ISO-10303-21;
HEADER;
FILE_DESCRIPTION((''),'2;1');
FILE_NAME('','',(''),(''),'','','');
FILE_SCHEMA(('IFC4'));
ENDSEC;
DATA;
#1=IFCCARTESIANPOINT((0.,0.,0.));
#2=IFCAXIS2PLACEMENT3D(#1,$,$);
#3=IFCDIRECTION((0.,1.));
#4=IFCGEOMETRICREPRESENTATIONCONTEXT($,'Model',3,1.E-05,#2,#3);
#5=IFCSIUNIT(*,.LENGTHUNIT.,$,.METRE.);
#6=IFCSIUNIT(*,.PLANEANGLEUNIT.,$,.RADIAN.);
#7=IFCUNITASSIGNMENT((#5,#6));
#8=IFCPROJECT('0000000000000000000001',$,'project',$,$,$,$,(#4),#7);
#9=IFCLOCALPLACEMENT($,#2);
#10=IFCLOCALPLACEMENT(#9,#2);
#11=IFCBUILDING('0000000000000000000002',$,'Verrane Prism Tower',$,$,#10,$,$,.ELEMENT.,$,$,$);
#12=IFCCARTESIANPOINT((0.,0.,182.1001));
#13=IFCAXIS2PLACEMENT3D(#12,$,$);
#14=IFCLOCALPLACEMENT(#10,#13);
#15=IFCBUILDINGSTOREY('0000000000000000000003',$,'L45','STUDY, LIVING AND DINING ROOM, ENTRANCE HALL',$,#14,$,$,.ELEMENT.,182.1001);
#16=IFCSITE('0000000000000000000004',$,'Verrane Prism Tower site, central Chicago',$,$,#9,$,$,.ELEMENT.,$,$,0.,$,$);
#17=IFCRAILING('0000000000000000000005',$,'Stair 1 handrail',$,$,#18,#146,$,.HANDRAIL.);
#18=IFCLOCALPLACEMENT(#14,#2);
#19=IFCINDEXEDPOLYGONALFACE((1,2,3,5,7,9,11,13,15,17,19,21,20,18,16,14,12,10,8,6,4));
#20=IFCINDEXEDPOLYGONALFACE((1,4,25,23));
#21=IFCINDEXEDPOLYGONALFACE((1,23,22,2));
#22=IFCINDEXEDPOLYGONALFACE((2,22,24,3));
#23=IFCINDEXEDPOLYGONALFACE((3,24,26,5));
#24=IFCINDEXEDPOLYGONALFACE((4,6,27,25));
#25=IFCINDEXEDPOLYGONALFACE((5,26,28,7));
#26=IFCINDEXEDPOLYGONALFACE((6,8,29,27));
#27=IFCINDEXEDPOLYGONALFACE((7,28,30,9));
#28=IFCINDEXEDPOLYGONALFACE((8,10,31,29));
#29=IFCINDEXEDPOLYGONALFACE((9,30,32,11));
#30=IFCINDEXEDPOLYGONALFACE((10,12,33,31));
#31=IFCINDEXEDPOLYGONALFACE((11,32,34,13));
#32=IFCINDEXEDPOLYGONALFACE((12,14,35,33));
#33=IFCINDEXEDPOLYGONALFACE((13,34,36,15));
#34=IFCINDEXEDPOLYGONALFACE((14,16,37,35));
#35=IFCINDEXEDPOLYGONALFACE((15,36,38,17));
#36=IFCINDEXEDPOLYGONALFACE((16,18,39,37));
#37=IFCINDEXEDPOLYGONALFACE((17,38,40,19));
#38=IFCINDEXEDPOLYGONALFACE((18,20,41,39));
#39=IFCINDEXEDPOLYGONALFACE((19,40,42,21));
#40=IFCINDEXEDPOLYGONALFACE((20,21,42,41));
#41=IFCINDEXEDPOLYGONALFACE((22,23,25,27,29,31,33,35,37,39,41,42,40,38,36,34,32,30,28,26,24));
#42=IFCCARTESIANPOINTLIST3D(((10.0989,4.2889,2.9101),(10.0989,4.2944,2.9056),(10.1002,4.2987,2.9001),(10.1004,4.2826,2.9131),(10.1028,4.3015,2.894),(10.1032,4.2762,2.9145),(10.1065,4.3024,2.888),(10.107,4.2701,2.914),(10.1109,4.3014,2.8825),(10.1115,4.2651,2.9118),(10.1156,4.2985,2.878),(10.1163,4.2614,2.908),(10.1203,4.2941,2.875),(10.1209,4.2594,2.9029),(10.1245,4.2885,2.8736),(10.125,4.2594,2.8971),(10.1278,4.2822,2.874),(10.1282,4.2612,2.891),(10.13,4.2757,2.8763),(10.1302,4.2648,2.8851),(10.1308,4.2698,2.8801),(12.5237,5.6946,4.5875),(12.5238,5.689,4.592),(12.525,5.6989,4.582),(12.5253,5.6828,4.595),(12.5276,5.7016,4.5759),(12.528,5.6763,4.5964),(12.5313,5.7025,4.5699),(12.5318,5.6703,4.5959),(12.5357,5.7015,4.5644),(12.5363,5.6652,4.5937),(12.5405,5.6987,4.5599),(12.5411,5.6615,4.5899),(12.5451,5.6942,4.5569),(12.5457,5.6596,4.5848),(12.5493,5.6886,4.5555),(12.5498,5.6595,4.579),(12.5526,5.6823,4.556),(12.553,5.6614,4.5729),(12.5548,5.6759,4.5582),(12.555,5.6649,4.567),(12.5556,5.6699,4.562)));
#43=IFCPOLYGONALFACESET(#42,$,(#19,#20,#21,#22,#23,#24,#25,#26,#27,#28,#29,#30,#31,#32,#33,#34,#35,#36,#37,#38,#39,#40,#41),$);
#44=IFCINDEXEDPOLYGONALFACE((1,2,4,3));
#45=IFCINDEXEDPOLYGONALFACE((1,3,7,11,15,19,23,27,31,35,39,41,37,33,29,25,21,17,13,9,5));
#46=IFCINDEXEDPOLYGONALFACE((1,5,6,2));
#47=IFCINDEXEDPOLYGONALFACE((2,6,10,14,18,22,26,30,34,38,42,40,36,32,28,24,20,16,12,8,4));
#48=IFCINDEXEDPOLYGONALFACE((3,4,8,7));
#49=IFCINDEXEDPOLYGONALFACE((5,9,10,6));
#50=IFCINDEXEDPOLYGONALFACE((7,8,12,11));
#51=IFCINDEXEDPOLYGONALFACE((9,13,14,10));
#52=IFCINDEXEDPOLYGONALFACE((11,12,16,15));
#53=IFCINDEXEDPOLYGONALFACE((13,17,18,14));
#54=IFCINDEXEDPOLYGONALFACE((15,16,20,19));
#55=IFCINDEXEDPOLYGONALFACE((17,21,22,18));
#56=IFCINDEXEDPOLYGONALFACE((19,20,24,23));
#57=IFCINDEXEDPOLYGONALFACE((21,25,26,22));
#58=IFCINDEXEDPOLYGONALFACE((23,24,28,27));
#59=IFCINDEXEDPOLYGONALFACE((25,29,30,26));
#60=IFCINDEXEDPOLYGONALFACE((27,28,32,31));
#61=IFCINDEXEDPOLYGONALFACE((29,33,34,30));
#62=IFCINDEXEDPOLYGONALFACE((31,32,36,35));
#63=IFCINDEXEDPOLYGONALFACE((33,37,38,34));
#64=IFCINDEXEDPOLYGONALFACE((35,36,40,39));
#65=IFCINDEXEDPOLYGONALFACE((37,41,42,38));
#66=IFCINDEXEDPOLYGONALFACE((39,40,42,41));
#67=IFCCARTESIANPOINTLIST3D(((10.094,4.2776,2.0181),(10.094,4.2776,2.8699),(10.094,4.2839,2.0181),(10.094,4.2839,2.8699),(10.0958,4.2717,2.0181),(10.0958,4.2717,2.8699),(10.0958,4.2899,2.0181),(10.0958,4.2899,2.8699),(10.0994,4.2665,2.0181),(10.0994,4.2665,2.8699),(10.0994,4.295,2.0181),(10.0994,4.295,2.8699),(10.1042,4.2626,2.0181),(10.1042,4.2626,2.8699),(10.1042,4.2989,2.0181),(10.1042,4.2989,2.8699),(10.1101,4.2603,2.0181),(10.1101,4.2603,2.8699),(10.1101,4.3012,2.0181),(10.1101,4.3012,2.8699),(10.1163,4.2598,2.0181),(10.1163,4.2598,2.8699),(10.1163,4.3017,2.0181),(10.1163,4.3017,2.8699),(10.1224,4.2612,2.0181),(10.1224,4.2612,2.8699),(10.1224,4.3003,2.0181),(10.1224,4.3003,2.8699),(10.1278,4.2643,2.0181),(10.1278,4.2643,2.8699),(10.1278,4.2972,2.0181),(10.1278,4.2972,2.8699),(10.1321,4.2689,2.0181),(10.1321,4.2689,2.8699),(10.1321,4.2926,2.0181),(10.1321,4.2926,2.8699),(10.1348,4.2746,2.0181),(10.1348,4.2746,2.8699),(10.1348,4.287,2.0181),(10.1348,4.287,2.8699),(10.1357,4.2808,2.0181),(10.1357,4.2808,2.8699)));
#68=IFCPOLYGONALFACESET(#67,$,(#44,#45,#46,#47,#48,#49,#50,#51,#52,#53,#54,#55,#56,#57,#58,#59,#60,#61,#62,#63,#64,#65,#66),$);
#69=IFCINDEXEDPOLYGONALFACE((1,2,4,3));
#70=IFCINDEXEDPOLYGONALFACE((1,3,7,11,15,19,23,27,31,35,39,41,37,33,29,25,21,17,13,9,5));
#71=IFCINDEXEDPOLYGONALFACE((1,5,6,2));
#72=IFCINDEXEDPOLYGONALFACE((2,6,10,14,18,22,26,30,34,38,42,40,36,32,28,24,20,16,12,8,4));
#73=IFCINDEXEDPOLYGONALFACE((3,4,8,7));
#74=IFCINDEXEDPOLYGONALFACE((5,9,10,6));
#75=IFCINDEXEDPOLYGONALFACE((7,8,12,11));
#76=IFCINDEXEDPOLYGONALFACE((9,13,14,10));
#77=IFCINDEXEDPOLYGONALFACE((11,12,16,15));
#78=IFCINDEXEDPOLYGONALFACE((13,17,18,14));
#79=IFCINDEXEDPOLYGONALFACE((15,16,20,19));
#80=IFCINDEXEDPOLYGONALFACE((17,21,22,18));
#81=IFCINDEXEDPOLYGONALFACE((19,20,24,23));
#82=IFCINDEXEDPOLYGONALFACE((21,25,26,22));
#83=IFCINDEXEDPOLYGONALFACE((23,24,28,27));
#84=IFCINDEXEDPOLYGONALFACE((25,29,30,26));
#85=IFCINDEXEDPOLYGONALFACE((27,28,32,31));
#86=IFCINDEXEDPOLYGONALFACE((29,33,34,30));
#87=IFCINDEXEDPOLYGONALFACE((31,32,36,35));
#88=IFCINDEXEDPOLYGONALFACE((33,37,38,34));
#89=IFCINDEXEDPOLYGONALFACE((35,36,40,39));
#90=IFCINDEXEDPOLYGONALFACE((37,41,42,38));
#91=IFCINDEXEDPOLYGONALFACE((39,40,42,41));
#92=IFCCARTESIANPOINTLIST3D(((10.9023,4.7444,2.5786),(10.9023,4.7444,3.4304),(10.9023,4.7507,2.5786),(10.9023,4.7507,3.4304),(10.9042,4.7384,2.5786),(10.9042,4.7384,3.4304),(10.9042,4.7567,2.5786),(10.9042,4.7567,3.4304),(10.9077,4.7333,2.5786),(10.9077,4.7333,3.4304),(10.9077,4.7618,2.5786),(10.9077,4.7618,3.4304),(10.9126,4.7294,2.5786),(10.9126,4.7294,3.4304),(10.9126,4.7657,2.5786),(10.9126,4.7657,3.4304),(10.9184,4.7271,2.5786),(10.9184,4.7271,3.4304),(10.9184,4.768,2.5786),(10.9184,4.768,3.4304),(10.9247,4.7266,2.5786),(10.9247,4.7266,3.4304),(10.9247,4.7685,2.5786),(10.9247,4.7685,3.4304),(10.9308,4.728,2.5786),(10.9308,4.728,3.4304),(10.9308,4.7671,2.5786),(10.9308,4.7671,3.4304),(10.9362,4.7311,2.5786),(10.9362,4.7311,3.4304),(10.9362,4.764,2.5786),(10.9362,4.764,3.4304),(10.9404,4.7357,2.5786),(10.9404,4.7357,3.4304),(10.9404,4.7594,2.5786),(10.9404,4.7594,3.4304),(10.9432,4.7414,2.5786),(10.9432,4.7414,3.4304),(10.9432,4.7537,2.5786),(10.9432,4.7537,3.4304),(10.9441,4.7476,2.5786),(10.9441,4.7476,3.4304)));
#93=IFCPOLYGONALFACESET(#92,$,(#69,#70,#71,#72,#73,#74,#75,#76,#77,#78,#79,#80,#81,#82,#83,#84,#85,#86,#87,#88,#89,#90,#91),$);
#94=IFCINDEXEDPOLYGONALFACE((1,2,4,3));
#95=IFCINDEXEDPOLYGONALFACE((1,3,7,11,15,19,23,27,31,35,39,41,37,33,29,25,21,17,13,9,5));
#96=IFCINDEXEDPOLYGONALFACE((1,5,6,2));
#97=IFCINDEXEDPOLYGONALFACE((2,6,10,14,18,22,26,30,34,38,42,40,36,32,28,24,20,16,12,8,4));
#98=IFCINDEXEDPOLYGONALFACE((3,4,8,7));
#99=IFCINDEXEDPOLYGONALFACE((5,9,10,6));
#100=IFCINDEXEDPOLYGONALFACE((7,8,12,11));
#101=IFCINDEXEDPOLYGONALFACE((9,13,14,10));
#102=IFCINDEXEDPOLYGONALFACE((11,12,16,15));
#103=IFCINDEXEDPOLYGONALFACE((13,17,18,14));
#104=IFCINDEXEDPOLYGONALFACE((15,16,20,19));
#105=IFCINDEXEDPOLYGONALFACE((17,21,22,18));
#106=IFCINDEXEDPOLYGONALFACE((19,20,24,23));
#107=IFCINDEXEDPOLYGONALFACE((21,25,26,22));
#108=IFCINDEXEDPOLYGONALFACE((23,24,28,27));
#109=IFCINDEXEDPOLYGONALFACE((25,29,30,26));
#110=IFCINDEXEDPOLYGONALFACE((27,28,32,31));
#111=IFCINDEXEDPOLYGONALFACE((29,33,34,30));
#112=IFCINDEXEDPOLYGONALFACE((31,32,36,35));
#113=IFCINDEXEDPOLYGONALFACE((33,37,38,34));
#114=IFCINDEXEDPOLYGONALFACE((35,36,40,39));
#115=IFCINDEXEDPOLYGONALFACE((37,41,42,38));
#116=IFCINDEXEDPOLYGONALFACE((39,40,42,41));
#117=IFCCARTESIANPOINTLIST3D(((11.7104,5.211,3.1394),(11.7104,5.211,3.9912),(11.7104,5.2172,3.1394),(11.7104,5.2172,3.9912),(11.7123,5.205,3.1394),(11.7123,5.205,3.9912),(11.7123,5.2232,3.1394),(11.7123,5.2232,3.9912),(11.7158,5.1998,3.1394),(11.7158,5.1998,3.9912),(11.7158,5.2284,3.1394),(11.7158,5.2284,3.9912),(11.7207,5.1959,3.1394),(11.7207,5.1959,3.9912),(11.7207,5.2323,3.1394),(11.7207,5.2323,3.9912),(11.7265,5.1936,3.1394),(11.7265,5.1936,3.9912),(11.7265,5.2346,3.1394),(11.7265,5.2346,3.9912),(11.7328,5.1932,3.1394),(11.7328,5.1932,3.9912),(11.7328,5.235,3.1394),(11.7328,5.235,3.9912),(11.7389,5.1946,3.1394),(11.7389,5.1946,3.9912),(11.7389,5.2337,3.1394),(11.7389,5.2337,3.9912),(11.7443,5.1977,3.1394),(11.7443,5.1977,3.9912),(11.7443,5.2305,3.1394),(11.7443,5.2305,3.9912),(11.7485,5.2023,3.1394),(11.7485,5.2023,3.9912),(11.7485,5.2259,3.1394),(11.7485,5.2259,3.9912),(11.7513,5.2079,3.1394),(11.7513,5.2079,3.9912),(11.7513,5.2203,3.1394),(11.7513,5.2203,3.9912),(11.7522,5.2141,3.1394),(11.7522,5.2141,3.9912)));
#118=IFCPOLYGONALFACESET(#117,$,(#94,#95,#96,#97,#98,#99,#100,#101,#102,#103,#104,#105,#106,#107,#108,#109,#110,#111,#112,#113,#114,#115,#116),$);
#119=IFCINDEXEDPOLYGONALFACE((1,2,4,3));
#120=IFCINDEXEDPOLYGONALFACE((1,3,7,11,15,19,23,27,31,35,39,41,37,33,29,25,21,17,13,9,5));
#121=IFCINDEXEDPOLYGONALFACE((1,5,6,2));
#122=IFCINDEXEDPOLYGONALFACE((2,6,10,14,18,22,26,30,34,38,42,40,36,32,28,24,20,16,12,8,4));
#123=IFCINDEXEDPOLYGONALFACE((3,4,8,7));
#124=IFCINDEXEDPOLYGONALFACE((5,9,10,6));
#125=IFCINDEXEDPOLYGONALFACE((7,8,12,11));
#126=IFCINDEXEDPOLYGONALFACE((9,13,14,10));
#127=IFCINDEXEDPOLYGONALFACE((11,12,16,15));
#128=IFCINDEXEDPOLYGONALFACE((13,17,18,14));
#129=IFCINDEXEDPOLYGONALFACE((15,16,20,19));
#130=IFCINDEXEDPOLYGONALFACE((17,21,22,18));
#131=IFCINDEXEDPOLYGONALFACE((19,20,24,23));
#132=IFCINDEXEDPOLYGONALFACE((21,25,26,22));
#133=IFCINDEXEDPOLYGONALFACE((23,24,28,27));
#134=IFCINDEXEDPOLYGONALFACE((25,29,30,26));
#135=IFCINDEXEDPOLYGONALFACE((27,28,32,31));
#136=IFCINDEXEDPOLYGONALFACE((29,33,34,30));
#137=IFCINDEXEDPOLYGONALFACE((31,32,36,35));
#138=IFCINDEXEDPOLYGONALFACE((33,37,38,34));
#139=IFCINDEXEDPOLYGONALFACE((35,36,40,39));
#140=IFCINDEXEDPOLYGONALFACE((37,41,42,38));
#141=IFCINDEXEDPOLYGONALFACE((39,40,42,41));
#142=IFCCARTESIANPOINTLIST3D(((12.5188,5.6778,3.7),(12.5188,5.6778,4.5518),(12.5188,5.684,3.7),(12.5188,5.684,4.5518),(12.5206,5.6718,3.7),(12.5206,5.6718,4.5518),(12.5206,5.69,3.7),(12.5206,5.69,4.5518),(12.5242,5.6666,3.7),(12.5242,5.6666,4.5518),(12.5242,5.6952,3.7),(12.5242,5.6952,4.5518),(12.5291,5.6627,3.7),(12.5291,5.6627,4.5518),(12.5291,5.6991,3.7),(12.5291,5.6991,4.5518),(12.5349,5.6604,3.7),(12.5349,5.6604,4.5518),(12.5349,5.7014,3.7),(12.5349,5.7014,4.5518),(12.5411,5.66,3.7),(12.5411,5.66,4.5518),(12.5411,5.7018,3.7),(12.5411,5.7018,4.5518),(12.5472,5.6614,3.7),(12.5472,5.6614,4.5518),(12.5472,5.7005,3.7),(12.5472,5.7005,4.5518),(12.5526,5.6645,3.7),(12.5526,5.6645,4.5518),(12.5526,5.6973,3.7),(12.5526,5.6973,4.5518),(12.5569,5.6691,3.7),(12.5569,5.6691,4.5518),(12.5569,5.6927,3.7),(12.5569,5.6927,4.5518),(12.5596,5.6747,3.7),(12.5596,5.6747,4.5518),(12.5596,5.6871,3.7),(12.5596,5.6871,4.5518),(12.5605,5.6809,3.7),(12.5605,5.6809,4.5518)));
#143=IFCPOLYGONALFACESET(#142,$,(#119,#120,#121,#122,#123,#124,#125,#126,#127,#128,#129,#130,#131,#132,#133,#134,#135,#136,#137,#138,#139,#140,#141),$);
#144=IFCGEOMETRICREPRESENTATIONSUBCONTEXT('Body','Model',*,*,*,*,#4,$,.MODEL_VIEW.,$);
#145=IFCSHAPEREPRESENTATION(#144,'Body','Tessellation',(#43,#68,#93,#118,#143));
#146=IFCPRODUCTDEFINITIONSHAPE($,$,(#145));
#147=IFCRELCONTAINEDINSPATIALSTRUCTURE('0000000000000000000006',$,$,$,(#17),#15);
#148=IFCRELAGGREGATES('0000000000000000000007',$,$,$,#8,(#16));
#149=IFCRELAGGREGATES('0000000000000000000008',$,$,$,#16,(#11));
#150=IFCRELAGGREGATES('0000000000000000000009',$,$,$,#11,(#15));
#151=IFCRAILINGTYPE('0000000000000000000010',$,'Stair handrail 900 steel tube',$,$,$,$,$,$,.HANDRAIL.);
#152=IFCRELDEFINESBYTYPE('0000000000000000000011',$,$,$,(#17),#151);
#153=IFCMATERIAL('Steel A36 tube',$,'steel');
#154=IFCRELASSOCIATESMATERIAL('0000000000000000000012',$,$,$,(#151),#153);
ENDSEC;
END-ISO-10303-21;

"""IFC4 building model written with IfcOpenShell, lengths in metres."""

from ifc_helpers import new_model, si_unit, direction, frame, origin, origin_2d, place, context, subcontext, project, spatial, circle, extrude, material, type_object, element, save


model = new_model("IFC4")

# Units and contexts
model_context = context("Model", 3, precision=1e-05, world=origin(), true_north=direction((0.0, 1.0)))
body_context = subcontext(model_context, "Body", "Model", "MODEL_VIEW")
ifc_project = project(units=[si_unit("LENGTHUNIT", "METRE"), si_unit("PLANEANGLEUNIT", "RADIAN")], contexts=[model_context])

# Site, building, storey
site_placement = place(None, origin())
site = spatial("IfcSite", under=ifc_project, at=site_placement, Name="Verrane Prism Tower site, central Chicago", CompositionType="ELEMENT", RefElevation=0.0)
building_placement = place(site_placement, origin())
building = spatial("IfcBuilding", under=site, at=building_placement, Name="Verrane Prism Tower", CompositionType="ELEMENT")
storey_placement = place(building_placement, frame((0.0, 0.0, 182.1001)))
storey = spatial("IfcBuildingStorey", under=building, at=storey_placement, Name="L45", Description="STUDY, LIVING AND DINING ROOM, ENTRANCE HALL", CompositionType="ELEMENT", Elevation=182.1001)

# Railing
ifc_material_1 = material(Name="Steel A36 tube", Category="steel")
railing_type_1 = type_object("IfcRailingType", Name="Stair handrail 900 steel tube", PredefinedType="HANDRAIL", material=ifc_material_1)
railing_1_placement = place(storey_placement, frame((10.1147, 4.2808, 2.0181)))
element("IfcRailing", 1, at=railing_1_placement, inside=storey, type_object=railing_type_1, Name="Stair 1 handrail", PredefinedType="HANDRAIL", context=body_context, shape_type="SweptSolid", body=[
    extrude(circle(Radius=0.0239, at=origin_2d()), frame((0.0, 0.0, 0.876), z_axis=(0.742367, 0.428662, 0.514918), x_axis=(-0.50005, 0.865997, 0.0)), (0.0, 0.0, 1.0), 3.2664),
    extrude(circle(Radius=0.021, at=origin_2d()), origin(), (0.0, 0.0, 1.0), 0.8518),
    extrude(circle(Radius=0.021, at=origin_2d()), frame((0.8083, 0.4668, 0.5605)), (0.0, 0.0, 1.0), 0.8518),
    extrude(circle(Radius=0.021, at=origin_2d()), frame((1.6165, 0.9333, 1.1213)), (0.0, 0.0, 1.0), 0.8518),
    extrude(circle(Radius=0.021, at=origin_2d()), frame((2.4248, 1.4001, 1.6819)), (0.0, 0.0, 1.0), 0.8518),
])

save(model, "model.ifc")
